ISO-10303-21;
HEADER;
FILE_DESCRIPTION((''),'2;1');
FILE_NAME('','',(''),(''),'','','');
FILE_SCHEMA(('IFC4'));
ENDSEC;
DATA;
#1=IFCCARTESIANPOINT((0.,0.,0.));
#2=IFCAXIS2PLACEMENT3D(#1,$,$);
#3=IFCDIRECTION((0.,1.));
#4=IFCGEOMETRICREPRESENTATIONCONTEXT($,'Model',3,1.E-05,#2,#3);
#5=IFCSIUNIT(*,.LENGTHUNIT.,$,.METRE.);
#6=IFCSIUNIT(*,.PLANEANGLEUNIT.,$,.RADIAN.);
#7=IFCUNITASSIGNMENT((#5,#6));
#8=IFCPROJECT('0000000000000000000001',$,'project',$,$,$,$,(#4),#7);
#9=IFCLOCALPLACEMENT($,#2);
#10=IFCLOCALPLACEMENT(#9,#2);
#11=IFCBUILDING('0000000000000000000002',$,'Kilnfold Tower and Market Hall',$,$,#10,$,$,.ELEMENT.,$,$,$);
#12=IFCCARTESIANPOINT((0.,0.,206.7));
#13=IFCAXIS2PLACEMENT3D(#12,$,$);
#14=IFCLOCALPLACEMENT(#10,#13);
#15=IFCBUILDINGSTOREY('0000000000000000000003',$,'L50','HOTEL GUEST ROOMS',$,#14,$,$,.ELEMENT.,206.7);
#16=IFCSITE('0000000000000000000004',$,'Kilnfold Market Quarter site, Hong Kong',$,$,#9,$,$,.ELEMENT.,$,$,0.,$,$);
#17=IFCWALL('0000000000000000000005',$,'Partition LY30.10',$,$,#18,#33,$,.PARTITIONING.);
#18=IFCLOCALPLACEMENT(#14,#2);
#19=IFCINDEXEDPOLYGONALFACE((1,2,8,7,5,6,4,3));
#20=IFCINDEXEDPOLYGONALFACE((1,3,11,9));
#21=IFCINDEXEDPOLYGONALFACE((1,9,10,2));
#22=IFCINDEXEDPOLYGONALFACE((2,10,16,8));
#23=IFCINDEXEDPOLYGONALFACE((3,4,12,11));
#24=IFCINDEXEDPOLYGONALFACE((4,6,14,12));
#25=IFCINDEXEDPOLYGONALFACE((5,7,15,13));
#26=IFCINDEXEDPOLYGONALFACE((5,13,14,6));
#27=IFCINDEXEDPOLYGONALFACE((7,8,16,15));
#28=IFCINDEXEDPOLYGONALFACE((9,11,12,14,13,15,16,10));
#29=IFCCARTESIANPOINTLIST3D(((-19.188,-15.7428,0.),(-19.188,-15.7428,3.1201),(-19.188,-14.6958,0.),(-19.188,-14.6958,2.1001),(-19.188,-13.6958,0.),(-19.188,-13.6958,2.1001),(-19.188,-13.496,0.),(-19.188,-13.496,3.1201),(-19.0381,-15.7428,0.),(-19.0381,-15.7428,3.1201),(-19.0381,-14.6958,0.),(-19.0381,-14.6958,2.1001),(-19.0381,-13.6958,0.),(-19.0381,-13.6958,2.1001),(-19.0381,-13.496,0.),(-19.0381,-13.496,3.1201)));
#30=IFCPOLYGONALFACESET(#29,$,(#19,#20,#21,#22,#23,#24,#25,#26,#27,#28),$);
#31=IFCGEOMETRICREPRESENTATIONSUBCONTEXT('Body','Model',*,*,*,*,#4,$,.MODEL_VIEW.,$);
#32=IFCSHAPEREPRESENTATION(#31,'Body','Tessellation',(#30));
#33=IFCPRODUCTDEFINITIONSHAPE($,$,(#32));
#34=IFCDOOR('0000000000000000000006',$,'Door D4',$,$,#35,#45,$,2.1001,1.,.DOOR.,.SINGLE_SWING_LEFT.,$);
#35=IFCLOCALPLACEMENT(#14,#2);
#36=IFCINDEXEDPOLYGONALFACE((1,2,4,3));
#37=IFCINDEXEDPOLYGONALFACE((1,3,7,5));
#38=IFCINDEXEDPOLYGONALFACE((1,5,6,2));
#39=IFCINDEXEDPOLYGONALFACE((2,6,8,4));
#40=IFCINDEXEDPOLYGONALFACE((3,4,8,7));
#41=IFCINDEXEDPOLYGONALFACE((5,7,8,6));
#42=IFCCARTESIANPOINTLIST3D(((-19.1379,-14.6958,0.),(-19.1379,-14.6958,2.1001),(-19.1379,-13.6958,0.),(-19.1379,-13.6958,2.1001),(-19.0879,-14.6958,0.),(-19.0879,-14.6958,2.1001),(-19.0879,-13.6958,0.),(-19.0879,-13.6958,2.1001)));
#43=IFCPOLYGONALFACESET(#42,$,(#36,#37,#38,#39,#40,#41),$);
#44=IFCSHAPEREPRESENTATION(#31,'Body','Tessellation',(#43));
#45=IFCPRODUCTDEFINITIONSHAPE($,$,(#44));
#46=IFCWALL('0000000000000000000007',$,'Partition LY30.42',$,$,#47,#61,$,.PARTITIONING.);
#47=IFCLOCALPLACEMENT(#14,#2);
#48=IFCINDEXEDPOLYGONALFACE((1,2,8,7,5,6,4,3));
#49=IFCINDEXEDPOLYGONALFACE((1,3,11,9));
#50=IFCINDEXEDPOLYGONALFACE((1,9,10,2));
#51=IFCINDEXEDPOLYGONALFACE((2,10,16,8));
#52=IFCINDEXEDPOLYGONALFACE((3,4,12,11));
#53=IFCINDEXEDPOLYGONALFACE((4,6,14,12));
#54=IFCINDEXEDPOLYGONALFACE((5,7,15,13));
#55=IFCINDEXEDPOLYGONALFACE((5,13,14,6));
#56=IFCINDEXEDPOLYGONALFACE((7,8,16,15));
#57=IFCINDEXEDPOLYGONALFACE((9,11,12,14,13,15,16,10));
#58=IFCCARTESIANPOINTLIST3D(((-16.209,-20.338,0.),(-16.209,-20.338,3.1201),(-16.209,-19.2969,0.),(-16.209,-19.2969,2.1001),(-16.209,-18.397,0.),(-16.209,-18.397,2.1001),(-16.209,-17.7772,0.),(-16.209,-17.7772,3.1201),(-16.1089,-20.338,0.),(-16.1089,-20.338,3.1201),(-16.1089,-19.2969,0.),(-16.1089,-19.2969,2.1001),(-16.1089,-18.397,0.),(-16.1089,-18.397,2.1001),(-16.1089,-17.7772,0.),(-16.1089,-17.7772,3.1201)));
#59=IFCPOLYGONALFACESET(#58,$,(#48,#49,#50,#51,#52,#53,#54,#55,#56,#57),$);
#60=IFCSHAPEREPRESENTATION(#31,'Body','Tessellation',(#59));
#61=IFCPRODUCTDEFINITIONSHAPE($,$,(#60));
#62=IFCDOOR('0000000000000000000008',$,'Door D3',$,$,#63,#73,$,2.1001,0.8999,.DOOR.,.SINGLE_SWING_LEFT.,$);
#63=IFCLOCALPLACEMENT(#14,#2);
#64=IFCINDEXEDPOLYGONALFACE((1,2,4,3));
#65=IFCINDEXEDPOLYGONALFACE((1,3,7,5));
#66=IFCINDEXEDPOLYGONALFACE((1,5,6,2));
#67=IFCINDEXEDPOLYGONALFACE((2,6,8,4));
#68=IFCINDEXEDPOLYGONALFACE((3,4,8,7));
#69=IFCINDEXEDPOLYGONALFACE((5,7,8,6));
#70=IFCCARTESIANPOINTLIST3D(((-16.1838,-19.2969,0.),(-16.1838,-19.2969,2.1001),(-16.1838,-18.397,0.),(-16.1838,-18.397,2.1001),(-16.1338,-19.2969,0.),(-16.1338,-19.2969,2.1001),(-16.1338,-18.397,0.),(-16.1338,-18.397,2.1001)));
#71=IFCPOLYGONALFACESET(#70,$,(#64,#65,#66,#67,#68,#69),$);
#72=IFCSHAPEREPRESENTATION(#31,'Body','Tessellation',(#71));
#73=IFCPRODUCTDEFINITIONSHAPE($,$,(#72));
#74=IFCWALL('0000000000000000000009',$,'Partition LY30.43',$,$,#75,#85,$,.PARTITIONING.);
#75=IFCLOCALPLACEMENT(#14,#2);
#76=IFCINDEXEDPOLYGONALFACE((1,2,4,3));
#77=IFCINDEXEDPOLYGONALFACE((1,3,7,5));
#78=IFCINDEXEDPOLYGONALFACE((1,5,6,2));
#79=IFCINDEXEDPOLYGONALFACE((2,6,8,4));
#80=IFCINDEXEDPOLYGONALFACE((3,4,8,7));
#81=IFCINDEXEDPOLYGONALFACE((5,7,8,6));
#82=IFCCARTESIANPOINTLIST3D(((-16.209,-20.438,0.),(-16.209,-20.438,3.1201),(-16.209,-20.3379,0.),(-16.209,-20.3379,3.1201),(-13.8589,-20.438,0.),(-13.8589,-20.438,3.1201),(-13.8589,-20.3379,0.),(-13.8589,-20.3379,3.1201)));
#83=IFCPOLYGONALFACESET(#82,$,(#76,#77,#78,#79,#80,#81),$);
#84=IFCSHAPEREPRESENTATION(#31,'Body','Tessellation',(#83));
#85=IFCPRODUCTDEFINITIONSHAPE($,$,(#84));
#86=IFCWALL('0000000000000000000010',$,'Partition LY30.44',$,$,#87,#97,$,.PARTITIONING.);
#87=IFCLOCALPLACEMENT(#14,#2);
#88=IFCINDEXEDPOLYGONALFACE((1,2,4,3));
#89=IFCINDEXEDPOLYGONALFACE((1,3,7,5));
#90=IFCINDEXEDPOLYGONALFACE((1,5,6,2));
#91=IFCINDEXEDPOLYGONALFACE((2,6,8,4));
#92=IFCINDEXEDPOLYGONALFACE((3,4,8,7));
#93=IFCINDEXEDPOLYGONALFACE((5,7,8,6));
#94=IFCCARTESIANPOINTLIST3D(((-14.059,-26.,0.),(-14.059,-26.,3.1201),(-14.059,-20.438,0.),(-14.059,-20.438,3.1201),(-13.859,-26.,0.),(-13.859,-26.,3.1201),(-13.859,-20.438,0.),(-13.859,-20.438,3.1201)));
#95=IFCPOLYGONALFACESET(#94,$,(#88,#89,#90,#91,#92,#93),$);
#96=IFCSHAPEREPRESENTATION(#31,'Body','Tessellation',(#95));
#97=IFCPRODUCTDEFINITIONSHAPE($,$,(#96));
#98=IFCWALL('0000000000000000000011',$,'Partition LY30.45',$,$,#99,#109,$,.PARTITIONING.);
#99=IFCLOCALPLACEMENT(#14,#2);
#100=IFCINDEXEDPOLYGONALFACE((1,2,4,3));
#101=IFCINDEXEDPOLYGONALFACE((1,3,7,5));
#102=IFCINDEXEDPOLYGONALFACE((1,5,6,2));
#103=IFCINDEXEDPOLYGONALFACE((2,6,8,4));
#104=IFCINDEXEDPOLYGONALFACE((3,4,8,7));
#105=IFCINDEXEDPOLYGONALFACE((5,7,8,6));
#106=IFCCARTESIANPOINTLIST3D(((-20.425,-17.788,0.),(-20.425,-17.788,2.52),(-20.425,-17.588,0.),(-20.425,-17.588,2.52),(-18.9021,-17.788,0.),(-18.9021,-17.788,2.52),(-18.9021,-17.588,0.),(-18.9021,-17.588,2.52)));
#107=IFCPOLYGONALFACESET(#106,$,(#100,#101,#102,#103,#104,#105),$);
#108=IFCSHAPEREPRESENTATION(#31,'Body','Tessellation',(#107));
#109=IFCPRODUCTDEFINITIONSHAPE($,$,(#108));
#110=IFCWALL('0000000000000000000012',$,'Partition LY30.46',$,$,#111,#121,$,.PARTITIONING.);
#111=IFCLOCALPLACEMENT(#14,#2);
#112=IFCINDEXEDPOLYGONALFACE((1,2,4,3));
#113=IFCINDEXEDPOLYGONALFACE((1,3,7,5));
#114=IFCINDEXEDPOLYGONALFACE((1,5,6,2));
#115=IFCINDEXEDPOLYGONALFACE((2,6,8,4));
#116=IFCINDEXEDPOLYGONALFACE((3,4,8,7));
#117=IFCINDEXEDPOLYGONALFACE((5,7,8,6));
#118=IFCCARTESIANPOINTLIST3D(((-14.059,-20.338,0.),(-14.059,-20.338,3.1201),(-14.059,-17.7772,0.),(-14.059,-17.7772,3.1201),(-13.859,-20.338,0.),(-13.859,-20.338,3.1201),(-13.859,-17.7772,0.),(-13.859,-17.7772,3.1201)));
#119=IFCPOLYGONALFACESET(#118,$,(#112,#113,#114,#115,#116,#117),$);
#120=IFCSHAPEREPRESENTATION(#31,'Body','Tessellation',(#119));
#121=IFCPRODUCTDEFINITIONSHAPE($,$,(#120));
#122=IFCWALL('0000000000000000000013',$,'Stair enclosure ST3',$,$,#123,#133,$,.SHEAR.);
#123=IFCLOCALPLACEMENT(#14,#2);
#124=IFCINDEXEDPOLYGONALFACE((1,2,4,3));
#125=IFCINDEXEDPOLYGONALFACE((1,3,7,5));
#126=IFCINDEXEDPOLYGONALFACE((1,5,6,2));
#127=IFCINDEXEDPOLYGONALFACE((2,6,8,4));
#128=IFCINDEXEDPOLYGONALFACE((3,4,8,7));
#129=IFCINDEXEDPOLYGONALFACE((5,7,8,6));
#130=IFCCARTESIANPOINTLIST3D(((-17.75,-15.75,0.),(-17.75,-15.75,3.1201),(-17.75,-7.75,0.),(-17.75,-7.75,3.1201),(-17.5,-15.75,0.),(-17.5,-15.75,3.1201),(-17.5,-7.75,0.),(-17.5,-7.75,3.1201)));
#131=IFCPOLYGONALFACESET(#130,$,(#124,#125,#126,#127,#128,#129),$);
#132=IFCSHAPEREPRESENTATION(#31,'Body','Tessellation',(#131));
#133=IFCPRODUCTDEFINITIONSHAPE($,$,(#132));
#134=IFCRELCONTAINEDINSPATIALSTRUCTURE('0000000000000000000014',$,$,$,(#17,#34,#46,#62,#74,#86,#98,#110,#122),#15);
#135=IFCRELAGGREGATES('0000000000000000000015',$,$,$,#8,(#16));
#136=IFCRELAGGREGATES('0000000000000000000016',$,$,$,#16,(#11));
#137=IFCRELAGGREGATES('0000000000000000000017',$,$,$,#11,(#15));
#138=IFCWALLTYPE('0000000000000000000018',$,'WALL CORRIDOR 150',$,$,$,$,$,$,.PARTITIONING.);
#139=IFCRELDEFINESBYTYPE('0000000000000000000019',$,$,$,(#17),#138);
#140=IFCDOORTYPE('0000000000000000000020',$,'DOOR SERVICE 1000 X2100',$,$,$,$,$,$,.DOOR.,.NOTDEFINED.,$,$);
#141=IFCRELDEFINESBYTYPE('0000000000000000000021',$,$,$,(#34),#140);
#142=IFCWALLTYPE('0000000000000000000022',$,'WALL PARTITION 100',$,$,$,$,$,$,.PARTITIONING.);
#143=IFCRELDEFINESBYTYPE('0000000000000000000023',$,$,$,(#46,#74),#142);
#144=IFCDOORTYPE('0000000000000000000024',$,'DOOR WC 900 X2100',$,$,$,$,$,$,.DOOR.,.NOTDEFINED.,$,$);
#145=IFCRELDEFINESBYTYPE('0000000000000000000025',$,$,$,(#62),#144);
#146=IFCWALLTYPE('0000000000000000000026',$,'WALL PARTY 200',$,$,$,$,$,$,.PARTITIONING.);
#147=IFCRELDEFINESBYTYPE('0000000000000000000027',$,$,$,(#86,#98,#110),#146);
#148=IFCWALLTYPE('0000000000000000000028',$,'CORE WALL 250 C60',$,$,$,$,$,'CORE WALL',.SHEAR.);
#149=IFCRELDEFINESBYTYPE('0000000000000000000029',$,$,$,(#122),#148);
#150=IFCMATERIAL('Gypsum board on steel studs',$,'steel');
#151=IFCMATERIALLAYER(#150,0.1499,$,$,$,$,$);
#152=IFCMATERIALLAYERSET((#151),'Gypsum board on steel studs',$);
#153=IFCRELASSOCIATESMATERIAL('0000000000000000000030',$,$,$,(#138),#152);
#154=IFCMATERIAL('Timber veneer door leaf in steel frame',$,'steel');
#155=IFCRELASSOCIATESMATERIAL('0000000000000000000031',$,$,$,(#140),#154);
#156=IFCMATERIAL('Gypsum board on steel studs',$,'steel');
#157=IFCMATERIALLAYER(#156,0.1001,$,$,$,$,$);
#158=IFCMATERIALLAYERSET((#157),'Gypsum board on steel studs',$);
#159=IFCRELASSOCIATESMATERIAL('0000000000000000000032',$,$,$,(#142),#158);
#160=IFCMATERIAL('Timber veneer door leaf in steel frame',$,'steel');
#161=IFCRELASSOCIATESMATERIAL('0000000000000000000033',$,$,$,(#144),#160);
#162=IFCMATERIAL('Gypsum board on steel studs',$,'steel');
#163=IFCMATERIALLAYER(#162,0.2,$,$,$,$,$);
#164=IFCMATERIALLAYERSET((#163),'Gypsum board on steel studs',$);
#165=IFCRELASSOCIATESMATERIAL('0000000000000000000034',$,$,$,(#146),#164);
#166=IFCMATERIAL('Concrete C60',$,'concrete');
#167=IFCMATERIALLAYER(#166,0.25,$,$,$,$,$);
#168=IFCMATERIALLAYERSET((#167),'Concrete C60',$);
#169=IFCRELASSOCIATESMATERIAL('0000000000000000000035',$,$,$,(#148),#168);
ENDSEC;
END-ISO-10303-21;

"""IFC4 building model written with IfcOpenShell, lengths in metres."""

from ifc_helpers import new_model, si_unit, direction, frame, frame_2d, origin, place, context, subcontext, project, spatial, rectangle, extrude, source, transform, mapped, material, layer, layer_set, type_object, element, fill, save


model = new_model("IFC4")

# Units and contexts
model_context = context("Model", 3, precision=1e-05, world=origin(), true_north=direction((0.0, 1.0)))
body_context = subcontext(model_context, "Body", "Model", "MODEL_VIEW")
ifc_project = project(units=[si_unit("LENGTHUNIT", "METRE"), si_unit("PLANEANGLEUNIT", "RADIAN")], contexts=[model_context])

# Site, building, storey
site_placement = place(None, origin())
site = spatial("IfcSite", under=ifc_project, at=site_placement, Name="Kilnfold Market Quarter site, Hong Kong", CompositionType="ELEMENT", RefElevation=0.0)
building_placement = place(site_placement, origin())
building = spatial("IfcBuilding", under=site, at=building_placement, Name="Kilnfold Tower and Market Hall", CompositionType="ELEMENT")
storey_placement = place(building_placement, frame((0.0, 0.0, 206.7)))
storey = spatial("IfcBuildingStorey", under=building, at=storey_placement, Name="L50", Description="HOTEL GUEST ROOMS", CompositionType="ELEMENT", Elevation=206.7)

# Shared definitions
ifc_material_1 = material(Name="Gypsum board on steel studs", Category="steel")
ifc_layer_1 = layer(ifc_material_1, 0.1499)
ifc_layer_set_1 = layer_set([ifc_layer_1], Name="Gypsum board on steel studs")
wall_type_1 = type_object("IfcWallType", Name="WALL CORRIDOR 150", PredefinedType="PARTITIONING", material=ifc_layer_set_1)

# Walls, openings, doors
wall_1_placement = place(storey_placement, frame((-19.113, -15.7429, 0.0), z_axis=(0.0, 0.0, 1.0), x_axis=(0.0, 1.0, 0.0)))
wall_1 = element("IfcWall", 1, at=wall_1_placement, inside=storey, type_object=wall_type_1, Name="Partition LY30.10", PredefinedType="PARTITIONING", context=body_context, shape_type="SweptSolid", body=[
    extrude(rectangle(XDim=2.2468, YDim=0.1499, at=frame_2d((1.1235, 0.0))), origin(), (0.0, 0.0, 1.0), 3.1201),
])
opening_1_placement = place(wall_1_placement, frame((1.0471, 0.0, 0.0)))
opening_1 = element("IfcOpeningElement", 2, at=opening_1_placement, cuts=wall_1, PredefinedType="OPENING", context=body_context, shape_type="SweptSolid", body=[
    extrude(rectangle(XDim=1.0, YDim=2.1001, at=frame_2d((0.5, 1.05))), frame((0.0, 0.085, 0.0), z_axis=(0.0, -1.0, 0.0), x_axis=(1.0, 0.0, 0.0)), (0.0, 0.0, 1.0), 0.1699),
])
ifc_material_2 = material(Name="Timber veneer door leaf in steel frame", Category="steel")
door_type_1 = type_object("IfcDoorType", Name="DOOR SERVICE 1000 X2100", OperationType="NOTDEFINED", PredefinedType="DOOR", material=ifc_material_2)
door_1_placement = place(opening_1_placement, origin())
door_1 = element("IfcDoor", 3, at=door_1_placement, inside=storey, type_object=door_type_1, Name="Door D4", OperationType="SINGLE_SWING_LEFT", OverallHeight=2.1001, OverallWidth=1.0, PredefinedType="DOOR", context=body_context, shape_type="SweptSolid", body=[
    extrude(rectangle(XDim=1.0, YDim=2.1001, at=frame_2d((0.5, 1.05))), frame((0.0, 0.0249, 0.0), z_axis=(0.0, -1.0, 0.0), x_axis=(1.0, 0.0, 0.0)), (0.0, 0.0, 1.0), 0.05),
])
fill(opening_1, door_1)
ifc_material_3 = material(Name="Gypsum board on steel studs", Category="steel")
ifc_layer_2 = layer(ifc_material_3, 0.1001)
ifc_layer_set_2 = layer_set([ifc_layer_2], Name="Gypsum board on steel studs")
wall_type_2 = type_object("IfcWallType", Name="WALL PARTITION 100", PredefinedType="PARTITIONING", material=ifc_layer_set_2)
wall_2_placement = place(storey_placement, frame((-16.1589, -20.3379, 0.0), z_axis=(0.0, 0.0, 1.0), x_axis=(0.0, 1.0, 0.0)))
wall_2 = element("IfcWall", 4, at=wall_2_placement, inside=storey, type_object=wall_type_2, Name="Partition LY30.42", PredefinedType="PARTITIONING", context=body_context, shape_type="SweptSolid", body=[
    extrude(rectangle(XDim=2.5608, YDim=0.1001, at=frame_2d((1.2803, 0.0))), origin(), (0.0, 0.0, 1.0), 3.1201),
])
opening_2_placement = place(wall_2_placement, frame((1.041, 0.0, 0.0)))
opening_2 = element("IfcOpeningElement", 5, at=opening_2_placement, cuts=wall_2, PredefinedType="OPENING", context=body_context, shape_type="SweptSolid", body=[
    extrude(rectangle(XDim=0.8999, YDim=2.1001, at=frame_2d((0.45, 1.05))), frame((0.0, 0.0601, 0.0), z_axis=(0.0, -1.0, 0.0), x_axis=(1.0, 0.0, 0.0)), (0.0, 0.0, 1.0), 0.1201),
])
ifc_material_4 = material(Name="Timber veneer door leaf in steel frame", Category="steel")
door_type_2 = type_object("IfcDoorType", Name="DOOR WC 900 X2100", OperationType="NOTDEFINED", PredefinedType="DOOR", material=ifc_material_4)
door_2_placement = place(opening_2_placement, origin())
door_2 = element("IfcDoor", 6, at=door_2_placement, inside=storey, type_object=door_type_2, Name="Door D3", OperationType="SINGLE_SWING_LEFT", OverallHeight=2.1001, OverallWidth=0.8999, PredefinedType="DOOR", context=body_context, shape_type="SweptSolid", body=[
    extrude(rectangle(XDim=0.8999, YDim=2.1001, at=frame_2d((0.45, 1.05))), frame((0.0, 0.0249, 0.0), z_axis=(0.0, -1.0, 0.0), x_axis=(1.0, 0.0, 0.0)), (0.0, 0.0, 1.0), 0.05),
])
fill(opening_2, door_2)

# Walls
wall_3_placement = place(storey_placement, frame((-16.209, -20.3879, 0.0), z_axis=(0.0, 0.0, 1.0), x_axis=(1.0, 0.0, 0.0)))
element("IfcWall", 7, at=wall_3_placement, inside=storey, type_object=wall_type_2, Name="Partition LY30.43", PredefinedType="PARTITIONING", context=body_context, shape_type="SweptSolid", body=[
    extrude(rectangle(XDim=2.3501, YDim=0.1001, at=frame_2d((1.175, 0.0))), origin(), (0.0, 0.0, 1.0), 3.1201),
])
ifc_material_5 = material(Name="Gypsum board on steel studs", Category="steel")
ifc_layer_3 = layer(ifc_material_5, 0.2)
ifc_layer_set_3 = layer_set([ifc_layer_3], Name="Gypsum board on steel studs")
wall_type_3 = type_object("IfcWallType", Name="WALL PARTY 200", PredefinedType="PARTITIONING", material=ifc_layer_set_3)
wall_4_placement = place(storey_placement, frame((-13.959, -26.0, 0.0), z_axis=(0.0, 0.0, 1.0), x_axis=(0.0, 1.0, 0.0)))
element("IfcWall", 8, at=wall_4_placement, inside=storey, type_object=wall_type_3, Name="Partition LY30.44", PredefinedType="PARTITIONING", context=body_context, shape_type="SweptSolid", body=[
    extrude(rectangle(XDim=5.562, YDim=0.2, at=frame_2d((2.781, 0.0))), origin(), (0.0, 0.0, 1.0), 3.1201),
])
wall_5_placement = place(storey_placement, frame((-20.425, -17.688, 0.0), z_axis=(0.0, 0.0, 1.0), x_axis=(1.0, 0.0, 0.0)))
element("IfcWall", 9, at=wall_5_placement, inside=storey, type_object=wall_type_3, Name="Partition LY30.45", PredefinedType="PARTITIONING", context=body_context, shape_type="SweptSolid", body=[
    extrude(rectangle(XDim=1.5229, YDim=0.2, at=frame_2d((0.7615, 0.0))), origin(), (0.0, 0.0, 1.0), 2.52),
])
wall_6_placement = place(storey_placement, frame((-13.959, -20.3379, 0.0), z_axis=(0.0, 0.0, 1.0), x_axis=(0.0, 1.0, 0.0)))
element("IfcWall", 10, at=wall_6_placement, inside=storey, type_object=wall_type_3, Name="Partition LY30.46", PredefinedType="PARTITIONING", context=body_context, shape_type="SweptSolid", body=[
    extrude(rectangle(XDim=2.5608, YDim=0.2, at=frame_2d((1.2803, 0.0))), origin(), (0.0, 0.0, 1.0), 3.1201),
])
ifc_material_6 = material(Name="Concrete C60", Category="concrete")
ifc_layer_4 = layer(ifc_material_6, 0.25)
ifc_layer_set_4 = layer_set([ifc_layer_4], Name="Concrete C60")
wall_type_4 = type_object("IfcWallType", Name="CORE WALL 250 C60", ElementType="CORE WALL", PredefinedType="SHEAR", material=ifc_layer_set_4)
shared_shape_1 = source(origin(), body_context, "Body", "SweptSolid", [
    extrude(rectangle(XDim=8.0, YDim=0.25, at=frame_2d((4.0, 0.0))), origin(), (0.0, 0.0, 1.0), 3.1201),
])
wall_7_placement = place(storey_placement, frame((-17.625, -15.75, 0.0), z_axis=(0.0, 0.0, 1.0), x_axis=(0.0, 1.0, 0.0)))
element("IfcWall", 11, at=wall_7_placement, inside=storey, type_object=wall_type_4, Name="Stair enclosure ST3", PredefinedType="SHEAR", context=body_context, shape_type="MappedRepresentation", body=[
    mapped(shared_shape_1, transform((0.0, 0.0, 0.0))),
])

save(model, "model.ifc")
